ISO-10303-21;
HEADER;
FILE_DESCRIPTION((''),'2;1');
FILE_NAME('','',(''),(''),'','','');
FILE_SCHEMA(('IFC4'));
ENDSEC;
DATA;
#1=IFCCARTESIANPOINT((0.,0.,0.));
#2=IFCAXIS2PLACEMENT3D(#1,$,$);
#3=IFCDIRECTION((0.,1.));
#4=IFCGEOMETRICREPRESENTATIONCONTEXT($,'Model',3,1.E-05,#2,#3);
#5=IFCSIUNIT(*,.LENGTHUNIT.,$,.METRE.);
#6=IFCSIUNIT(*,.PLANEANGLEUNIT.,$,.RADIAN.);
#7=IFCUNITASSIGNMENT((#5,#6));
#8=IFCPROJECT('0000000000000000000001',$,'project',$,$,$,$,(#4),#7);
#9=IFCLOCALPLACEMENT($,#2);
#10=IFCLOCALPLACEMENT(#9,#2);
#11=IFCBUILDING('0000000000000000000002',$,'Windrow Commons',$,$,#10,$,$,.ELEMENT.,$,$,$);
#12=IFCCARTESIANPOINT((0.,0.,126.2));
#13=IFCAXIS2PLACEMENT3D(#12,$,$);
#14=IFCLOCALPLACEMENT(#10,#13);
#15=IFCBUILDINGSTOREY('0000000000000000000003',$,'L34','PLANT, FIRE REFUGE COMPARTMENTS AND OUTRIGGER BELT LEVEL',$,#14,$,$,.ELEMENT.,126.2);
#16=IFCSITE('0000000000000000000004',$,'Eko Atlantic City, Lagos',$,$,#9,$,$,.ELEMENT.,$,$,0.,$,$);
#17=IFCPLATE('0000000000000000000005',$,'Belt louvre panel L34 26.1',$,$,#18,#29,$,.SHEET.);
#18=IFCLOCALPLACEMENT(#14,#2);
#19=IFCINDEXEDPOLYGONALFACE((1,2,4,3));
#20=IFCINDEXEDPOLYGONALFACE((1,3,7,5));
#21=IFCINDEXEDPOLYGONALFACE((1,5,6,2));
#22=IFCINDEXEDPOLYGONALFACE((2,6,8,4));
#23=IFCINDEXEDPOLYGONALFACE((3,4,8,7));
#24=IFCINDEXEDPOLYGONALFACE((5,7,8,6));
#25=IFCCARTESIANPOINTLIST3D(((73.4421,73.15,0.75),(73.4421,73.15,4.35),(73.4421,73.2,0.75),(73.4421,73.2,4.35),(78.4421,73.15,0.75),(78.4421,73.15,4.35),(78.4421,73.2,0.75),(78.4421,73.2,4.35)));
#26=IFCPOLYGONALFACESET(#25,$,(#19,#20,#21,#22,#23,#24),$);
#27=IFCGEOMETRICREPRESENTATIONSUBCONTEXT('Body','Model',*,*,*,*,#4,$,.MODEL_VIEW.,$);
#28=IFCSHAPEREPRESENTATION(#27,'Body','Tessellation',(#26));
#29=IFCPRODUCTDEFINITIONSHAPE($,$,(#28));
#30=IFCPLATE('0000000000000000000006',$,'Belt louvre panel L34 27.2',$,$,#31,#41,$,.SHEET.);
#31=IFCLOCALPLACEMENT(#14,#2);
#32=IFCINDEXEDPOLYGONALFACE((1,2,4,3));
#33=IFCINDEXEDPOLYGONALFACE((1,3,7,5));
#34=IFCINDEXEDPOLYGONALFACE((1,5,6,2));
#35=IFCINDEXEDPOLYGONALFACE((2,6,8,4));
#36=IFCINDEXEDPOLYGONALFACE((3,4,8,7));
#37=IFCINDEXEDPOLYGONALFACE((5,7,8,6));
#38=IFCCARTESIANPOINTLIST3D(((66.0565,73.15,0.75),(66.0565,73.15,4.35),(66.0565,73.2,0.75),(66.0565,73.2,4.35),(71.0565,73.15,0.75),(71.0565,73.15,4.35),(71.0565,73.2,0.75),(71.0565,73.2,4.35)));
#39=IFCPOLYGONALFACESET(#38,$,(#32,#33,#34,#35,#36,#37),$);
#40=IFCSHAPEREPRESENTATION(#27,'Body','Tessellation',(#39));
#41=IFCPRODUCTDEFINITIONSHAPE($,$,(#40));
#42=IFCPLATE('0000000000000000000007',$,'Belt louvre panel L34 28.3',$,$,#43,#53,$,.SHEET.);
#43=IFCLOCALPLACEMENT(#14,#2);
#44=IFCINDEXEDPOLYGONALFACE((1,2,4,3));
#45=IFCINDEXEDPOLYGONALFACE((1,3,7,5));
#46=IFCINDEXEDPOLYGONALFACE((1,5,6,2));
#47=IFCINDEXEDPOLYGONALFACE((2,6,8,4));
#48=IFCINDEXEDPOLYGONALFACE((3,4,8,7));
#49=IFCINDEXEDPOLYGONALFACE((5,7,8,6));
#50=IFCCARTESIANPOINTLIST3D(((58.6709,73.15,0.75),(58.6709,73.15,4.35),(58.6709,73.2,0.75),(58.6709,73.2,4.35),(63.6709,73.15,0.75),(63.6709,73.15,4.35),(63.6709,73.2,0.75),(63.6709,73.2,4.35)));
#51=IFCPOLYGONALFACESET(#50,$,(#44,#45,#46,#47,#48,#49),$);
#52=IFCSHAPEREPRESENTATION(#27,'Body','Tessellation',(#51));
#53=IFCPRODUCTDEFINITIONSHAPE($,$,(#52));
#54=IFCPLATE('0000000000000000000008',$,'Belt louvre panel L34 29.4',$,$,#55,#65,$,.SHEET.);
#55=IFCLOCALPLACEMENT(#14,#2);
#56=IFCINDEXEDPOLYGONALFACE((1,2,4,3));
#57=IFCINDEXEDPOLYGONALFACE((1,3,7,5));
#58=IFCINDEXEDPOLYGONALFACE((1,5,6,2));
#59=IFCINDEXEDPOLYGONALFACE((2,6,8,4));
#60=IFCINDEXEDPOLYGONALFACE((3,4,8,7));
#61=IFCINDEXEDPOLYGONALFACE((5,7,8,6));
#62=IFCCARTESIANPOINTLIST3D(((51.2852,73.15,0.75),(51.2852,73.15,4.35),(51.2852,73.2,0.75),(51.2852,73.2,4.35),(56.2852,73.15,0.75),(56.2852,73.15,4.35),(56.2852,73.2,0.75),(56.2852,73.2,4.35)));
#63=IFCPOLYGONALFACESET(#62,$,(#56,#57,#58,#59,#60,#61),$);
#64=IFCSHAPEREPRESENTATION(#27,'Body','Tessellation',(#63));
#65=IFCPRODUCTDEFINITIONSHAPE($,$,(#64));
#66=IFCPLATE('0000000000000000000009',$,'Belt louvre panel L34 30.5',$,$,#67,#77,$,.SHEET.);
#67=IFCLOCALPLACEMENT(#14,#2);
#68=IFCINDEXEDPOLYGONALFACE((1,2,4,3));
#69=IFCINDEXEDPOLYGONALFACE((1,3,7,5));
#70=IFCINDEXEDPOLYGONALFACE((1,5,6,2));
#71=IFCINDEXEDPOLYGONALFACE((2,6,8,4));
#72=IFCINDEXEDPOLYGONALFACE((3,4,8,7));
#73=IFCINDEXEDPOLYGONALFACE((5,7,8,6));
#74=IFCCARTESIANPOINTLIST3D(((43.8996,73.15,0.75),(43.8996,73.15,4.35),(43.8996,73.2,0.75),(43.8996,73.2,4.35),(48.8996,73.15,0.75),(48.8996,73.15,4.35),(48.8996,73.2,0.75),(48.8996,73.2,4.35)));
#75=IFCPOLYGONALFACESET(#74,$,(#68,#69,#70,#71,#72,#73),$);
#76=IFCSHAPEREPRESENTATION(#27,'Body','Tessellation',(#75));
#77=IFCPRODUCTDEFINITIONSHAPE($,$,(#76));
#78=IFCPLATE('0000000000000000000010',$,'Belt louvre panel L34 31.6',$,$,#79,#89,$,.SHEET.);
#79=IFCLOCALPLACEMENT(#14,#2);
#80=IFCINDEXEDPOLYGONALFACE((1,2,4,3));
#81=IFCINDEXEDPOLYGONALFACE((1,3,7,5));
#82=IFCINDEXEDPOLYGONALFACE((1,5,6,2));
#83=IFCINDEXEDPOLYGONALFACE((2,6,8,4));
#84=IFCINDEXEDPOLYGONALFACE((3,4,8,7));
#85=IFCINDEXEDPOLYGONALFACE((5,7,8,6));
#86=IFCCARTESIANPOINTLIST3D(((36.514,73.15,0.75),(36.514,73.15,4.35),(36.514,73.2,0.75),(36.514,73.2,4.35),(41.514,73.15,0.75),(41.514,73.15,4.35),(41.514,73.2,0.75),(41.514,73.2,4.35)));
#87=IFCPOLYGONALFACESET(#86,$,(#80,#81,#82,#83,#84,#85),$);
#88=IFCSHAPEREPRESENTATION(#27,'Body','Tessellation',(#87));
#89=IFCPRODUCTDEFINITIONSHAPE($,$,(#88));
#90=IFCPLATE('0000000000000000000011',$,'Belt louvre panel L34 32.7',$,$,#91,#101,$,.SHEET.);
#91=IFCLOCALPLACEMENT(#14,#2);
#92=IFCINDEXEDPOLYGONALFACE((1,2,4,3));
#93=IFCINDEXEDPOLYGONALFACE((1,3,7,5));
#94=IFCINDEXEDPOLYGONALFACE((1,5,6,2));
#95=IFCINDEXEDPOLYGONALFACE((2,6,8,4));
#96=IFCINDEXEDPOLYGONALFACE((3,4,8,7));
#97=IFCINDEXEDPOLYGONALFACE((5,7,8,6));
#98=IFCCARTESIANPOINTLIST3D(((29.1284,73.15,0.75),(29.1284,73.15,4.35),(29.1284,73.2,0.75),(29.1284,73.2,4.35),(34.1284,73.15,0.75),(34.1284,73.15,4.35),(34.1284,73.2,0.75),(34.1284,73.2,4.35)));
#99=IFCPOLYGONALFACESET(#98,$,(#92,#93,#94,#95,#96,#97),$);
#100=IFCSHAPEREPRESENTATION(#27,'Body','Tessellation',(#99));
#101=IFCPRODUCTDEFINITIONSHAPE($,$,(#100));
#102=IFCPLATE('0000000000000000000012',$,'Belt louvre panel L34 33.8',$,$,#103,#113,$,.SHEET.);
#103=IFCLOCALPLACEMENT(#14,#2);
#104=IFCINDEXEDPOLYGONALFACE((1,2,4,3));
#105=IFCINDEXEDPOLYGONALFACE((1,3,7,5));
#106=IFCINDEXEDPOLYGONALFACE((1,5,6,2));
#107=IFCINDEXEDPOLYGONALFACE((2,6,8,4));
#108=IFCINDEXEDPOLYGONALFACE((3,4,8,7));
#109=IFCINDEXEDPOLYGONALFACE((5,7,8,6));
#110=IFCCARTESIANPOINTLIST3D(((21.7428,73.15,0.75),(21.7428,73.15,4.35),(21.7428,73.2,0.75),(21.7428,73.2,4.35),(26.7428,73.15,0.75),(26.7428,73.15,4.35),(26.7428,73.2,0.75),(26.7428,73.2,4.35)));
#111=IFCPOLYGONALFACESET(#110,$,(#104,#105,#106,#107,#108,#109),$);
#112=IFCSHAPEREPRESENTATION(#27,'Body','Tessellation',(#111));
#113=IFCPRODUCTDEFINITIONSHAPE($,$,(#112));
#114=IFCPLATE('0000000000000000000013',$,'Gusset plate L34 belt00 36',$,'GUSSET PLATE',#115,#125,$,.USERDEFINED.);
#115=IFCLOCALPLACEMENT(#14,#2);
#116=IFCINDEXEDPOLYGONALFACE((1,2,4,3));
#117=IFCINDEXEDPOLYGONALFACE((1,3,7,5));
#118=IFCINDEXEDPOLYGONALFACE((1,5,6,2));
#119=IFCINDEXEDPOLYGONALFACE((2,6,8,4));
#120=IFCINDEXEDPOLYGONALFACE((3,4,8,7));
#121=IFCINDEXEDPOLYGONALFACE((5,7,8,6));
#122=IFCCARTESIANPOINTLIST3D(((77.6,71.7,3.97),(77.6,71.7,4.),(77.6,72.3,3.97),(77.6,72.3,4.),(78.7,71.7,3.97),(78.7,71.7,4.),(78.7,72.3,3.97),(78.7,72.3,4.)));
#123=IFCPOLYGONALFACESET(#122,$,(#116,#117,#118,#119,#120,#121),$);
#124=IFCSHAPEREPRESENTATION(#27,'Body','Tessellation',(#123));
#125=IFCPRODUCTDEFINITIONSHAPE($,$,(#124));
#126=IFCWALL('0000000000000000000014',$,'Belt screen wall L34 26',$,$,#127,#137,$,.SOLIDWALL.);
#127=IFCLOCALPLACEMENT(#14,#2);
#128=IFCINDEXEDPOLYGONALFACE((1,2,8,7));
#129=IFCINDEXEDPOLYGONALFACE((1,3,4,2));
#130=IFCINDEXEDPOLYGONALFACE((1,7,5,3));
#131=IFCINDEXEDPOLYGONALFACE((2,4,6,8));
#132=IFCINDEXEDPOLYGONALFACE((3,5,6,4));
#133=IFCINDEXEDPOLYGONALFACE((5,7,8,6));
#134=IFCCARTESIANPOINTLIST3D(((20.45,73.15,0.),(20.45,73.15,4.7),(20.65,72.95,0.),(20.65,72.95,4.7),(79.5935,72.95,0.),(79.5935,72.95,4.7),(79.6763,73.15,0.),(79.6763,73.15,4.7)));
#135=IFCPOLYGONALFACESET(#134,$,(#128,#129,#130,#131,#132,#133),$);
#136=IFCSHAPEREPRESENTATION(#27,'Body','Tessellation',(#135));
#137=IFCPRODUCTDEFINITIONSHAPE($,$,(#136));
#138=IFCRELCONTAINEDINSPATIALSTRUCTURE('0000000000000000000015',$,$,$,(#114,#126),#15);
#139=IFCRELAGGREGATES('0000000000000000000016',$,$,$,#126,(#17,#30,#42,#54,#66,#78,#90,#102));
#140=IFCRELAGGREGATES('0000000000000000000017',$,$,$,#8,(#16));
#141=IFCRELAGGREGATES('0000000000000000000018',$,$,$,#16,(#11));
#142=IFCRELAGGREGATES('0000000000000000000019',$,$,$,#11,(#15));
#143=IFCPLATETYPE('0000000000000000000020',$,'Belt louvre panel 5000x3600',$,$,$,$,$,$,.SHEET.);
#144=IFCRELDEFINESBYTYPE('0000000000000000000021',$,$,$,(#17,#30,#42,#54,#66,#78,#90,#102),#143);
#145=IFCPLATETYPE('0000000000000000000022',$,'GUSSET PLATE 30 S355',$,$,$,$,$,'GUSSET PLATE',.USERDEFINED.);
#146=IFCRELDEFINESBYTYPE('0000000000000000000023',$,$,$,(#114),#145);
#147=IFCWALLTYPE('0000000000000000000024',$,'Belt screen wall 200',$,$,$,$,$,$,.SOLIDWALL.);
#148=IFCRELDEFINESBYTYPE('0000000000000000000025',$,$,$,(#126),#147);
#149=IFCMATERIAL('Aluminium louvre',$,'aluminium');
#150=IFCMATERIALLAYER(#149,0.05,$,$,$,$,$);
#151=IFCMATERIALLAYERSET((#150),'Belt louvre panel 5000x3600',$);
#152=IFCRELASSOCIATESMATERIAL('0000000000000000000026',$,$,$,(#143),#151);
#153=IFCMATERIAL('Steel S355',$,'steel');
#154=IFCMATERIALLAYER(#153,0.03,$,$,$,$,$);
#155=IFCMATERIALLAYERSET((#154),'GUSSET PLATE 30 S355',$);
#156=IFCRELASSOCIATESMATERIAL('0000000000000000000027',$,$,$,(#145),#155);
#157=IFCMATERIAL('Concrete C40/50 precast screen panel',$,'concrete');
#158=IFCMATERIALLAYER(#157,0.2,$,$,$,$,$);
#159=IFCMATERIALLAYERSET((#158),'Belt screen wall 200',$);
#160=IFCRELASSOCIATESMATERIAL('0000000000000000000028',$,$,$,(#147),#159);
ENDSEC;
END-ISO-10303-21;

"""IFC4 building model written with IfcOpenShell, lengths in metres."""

from ifc_helpers import new_model, si_unit, direction, frame, origin, origin_2d, place, context, subcontext, project, spatial, polyline, rectangle, outline, extrude, material, layer, layer_set, type_object, element, aggregate, save


model = new_model("IFC4")

# Units and contexts
model_context = context("Model", 3, precision=1e-05, world=origin(), true_north=direction((0.0, 1.0)))
body_context = subcontext(model_context, "Body", "Model", "MODEL_VIEW")
ifc_project = project(units=[si_unit("LENGTHUNIT", "METRE"), si_unit("PLANEANGLEUNIT", "RADIAN")], contexts=[model_context])

# Site, building, storey
site_placement = place(None, origin())
site = spatial("IfcSite", under=ifc_project, at=site_placement, Name="Eko Atlantic City, Lagos", CompositionType="ELEMENT", RefElevation=0.0)
building_placement = place(site_placement, origin())
building = spatial("IfcBuilding", under=site, at=building_placement, Name="Windrow Commons", CompositionType="ELEMENT")
storey_placement = place(building_placement, frame((0.0, 0.0, 126.2)))
storey = spatial("IfcBuildingStorey", under=building, at=storey_placement, Name="L34", Description="PLANT, FIRE REFUGE COMPARTMENTS AND OUTRIGGER BELT LEVEL", CompositionType="ELEMENT", Elevation=126.2)

# Plates
ifc_material_1 = material(Name="Aluminium louvre", Category="aluminium")
ifc_layer_1 = layer(ifc_material_1, 0.05)
ifc_layer_set_1 = layer_set([ifc_layer_1], Name="Belt louvre panel 5000x3600")
plate_type_1 = type_object("IfcPlateType", Name="Belt louvre panel 5000x3600", PredefinedType="SHEET", material=ifc_layer_set_1)
plate_1_placement = place(storey_placement, frame((78.4421, 73.2, 0.75), z_axis=(0.0, 1.0, 0.0), x_axis=(-1.0, 0.0, 0.0)))
plate_1 = element("IfcPlate", 1, at=plate_1_placement, type_object=plate_type_1, Name="Belt louvre panel L34 26.1", PredefinedType="SHEET", context=body_context, shape_type="SweptSolid", body=[
    extrude(outline(polyline([(0.0, 0.0), (5.0, 0.0), (5.0, 3.6), (0.0, 3.6), (0.0, 0.0)])), origin(), (0.0, 0.0, -1.0), 0.05),
])
plate_2_placement = place(storey_placement, frame((71.0565, 73.2, 0.75), z_axis=(0.0, 1.0, 0.0), x_axis=(-1.0, 0.0, 0.0)))
plate_2 = element("IfcPlate", 2, at=plate_2_placement, type_object=plate_type_1, Name="Belt louvre panel L34 27.2", PredefinedType="SHEET", context=body_context, shape_type="SweptSolid", body=[
    extrude(outline(polyline([(0.0, 0.0), (5.0, 0.0), (5.0, 3.6), (0.0, 3.6), (0.0, 0.0)])), origin(), (0.0, 0.0, -1.0), 0.05),
])
plate_3_placement = place(storey_placement, frame((63.6709, 73.2, 0.75), z_axis=(0.0, 1.0, 0.0), x_axis=(-1.0, 0.0, 0.0)))
plate_3 = element("IfcPlate", 3, at=plate_3_placement, type_object=plate_type_1, Name="Belt louvre panel L34 28.3", PredefinedType="SHEET", context=body_context, shape_type="SweptSolid", body=[
    extrude(outline(polyline([(0.0, 0.0), (5.0, 0.0), (5.0, 3.6), (0.0, 3.6), (0.0, 0.0)])), origin(), (0.0, 0.0, -1.0), 0.05),
])
plate_4_placement = place(storey_placement, frame((56.2852, 73.2, 0.75), z_axis=(0.0, 1.0, 0.0), x_axis=(-1.0, 0.0, 0.0)))
plate_4 = element("IfcPlate", 4, at=plate_4_placement, type_object=plate_type_1, Name="Belt louvre panel L34 29.4", PredefinedType="SHEET", context=body_context, shape_type="SweptSolid", body=[
    extrude(outline(polyline([(0.0, 0.0), (5.0, 0.0), (5.0, 3.6), (0.0, 3.6), (0.0, 0.0)])), origin(), (0.0, 0.0, -1.0), 0.05),
])
plate_5_placement = place(storey_placement, frame((48.8996, 73.2, 0.75), z_axis=(0.0, 1.0, 0.0), x_axis=(-1.0, 0.0, 0.0)))
plate_5 = element("IfcPlate", 5, at=plate_5_placement, type_object=plate_type_1, Name="Belt louvre panel L34 30.5", PredefinedType="SHEET", context=body_context, shape_type="SweptSolid", body=[
    extrude(outline(polyline([(0.0, 0.0), (5.0, 0.0), (5.0, 3.6), (0.0, 3.6), (0.0, 0.0)])), origin(), (0.0, 0.0, -1.0), 0.05),
])
plate_6_placement = place(storey_placement, frame((41.514, 73.2, 0.75), z_axis=(0.0, 1.0, 0.0), x_axis=(-1.0, 0.0, 0.0)))
plate_6 = element("IfcPlate", 6, at=plate_6_placement, type_object=plate_type_1, Name="Belt louvre panel L34 31.6", PredefinedType="SHEET", context=body_context, shape_type="SweptSolid", body=[
    extrude(outline(polyline([(0.0, 0.0), (5.0, 0.0), (5.0, 3.6), (0.0, 3.6), (0.0, 0.0)])), origin(), (0.0, 0.0, -1.0), 0.05),
])
plate_7_placement = place(storey_placement, frame((34.1284, 73.2, 0.75), z_axis=(0.0, 1.0, 0.0), x_axis=(-1.0, 0.0, 0.0)))
plate_7 = element("IfcPlate", 7, at=plate_7_placement, type_object=plate_type_1, Name="Belt louvre panel L34 32.7", PredefinedType="SHEET", context=body_context, shape_type="SweptSolid", body=[
    extrude(outline(polyline([(0.0, 0.0), (5.0, 0.0), (5.0, 3.6), (0.0, 3.6), (0.0, 0.0)])), origin(), (0.0, 0.0, -1.0), 0.05),
])
plate_8_placement = place(storey_placement, frame((26.7428, 73.2, 0.75), z_axis=(0.0, 1.0, 0.0), x_axis=(-1.0, 0.0, 0.0)))
plate_8 = element("IfcPlate", 8, at=plate_8_placement, type_object=plate_type_1, Name="Belt louvre panel L34 33.8", PredefinedType="SHEET", context=body_context, shape_type="SweptSolid", body=[
    extrude(outline(polyline([(0.0, 0.0), (5.0, 0.0), (5.0, 3.6), (0.0, 3.6), (0.0, 0.0)])), origin(), (0.0, 0.0, -1.0), 0.05),
])
ifc_material_2 = material(Name="Steel S355", Category="steel")
ifc_layer_2 = layer(ifc_material_2, 0.03)
ifc_layer_set_2 = layer_set([ifc_layer_2], Name="GUSSET PLATE 30 S355")
plate_type_2 = type_object("IfcPlateType", Name="GUSSET PLATE 30 S355", ElementType="GUSSET PLATE", PredefinedType="USERDEFINED", material=ifc_layer_set_2)
plate_9_placement = place(storey_placement, frame((78.15, 72.0, 3.97), z_axis=(0.0, 0.0, 1.0), x_axis=(1.0, 0.0, 0.0)))
element("IfcPlate", 9, at=plate_9_placement, inside=storey, type_object=plate_type_2, Name="Gusset plate L34 belt00 36", ObjectType="GUSSET PLATE", PredefinedType="USERDEFINED", context=body_context, shape_type="SweptSolid", body=[
    extrude(rectangle(XDim=1.1, YDim=0.6, at=origin_2d()), origin(), (0.0, 0.0, 1.0), 0.03),
])

# Wall
ifc_material_3 = material(Name="Concrete C40/50 precast screen panel", Category="concrete")
ifc_layer_3 = layer(ifc_material_3, 0.2)
ifc_layer_set_3 = layer_set([ifc_layer_3], Name="Belt screen wall 200")
wall_type = type_object("IfcWallType", Name="Belt screen wall 200", PredefinedType="SOLIDWALL", material=ifc_layer_set_3)
wall_placement = place(storey_placement, frame((79.6349, 73.05, 0.0), z_axis=(0.0, 0.0, 1.0), x_axis=(-1.0, 0.0, 0.0)))
wall = element("IfcWall", 10, at=wall_placement, inside=storey, type_object=wall_type, Name="Belt screen wall L34 26", PredefinedType="SOLIDWALL", context=body_context, shape_type="SweptSolid", body=[
    extrude(outline(polyline([(-0.0414, -0.1), (59.1849, -0.1), (58.9849, 0.1), (0.0414, 0.1), (-0.0414, -0.1)])), origin(), (0.0, 0.0, 1.0), 4.7),
])
aggregate(wall, [plate_1, plate_2, plate_3, plate_4, plate_5, plate_6, plate_7, plate_8])

save(model, "model.ifc")
